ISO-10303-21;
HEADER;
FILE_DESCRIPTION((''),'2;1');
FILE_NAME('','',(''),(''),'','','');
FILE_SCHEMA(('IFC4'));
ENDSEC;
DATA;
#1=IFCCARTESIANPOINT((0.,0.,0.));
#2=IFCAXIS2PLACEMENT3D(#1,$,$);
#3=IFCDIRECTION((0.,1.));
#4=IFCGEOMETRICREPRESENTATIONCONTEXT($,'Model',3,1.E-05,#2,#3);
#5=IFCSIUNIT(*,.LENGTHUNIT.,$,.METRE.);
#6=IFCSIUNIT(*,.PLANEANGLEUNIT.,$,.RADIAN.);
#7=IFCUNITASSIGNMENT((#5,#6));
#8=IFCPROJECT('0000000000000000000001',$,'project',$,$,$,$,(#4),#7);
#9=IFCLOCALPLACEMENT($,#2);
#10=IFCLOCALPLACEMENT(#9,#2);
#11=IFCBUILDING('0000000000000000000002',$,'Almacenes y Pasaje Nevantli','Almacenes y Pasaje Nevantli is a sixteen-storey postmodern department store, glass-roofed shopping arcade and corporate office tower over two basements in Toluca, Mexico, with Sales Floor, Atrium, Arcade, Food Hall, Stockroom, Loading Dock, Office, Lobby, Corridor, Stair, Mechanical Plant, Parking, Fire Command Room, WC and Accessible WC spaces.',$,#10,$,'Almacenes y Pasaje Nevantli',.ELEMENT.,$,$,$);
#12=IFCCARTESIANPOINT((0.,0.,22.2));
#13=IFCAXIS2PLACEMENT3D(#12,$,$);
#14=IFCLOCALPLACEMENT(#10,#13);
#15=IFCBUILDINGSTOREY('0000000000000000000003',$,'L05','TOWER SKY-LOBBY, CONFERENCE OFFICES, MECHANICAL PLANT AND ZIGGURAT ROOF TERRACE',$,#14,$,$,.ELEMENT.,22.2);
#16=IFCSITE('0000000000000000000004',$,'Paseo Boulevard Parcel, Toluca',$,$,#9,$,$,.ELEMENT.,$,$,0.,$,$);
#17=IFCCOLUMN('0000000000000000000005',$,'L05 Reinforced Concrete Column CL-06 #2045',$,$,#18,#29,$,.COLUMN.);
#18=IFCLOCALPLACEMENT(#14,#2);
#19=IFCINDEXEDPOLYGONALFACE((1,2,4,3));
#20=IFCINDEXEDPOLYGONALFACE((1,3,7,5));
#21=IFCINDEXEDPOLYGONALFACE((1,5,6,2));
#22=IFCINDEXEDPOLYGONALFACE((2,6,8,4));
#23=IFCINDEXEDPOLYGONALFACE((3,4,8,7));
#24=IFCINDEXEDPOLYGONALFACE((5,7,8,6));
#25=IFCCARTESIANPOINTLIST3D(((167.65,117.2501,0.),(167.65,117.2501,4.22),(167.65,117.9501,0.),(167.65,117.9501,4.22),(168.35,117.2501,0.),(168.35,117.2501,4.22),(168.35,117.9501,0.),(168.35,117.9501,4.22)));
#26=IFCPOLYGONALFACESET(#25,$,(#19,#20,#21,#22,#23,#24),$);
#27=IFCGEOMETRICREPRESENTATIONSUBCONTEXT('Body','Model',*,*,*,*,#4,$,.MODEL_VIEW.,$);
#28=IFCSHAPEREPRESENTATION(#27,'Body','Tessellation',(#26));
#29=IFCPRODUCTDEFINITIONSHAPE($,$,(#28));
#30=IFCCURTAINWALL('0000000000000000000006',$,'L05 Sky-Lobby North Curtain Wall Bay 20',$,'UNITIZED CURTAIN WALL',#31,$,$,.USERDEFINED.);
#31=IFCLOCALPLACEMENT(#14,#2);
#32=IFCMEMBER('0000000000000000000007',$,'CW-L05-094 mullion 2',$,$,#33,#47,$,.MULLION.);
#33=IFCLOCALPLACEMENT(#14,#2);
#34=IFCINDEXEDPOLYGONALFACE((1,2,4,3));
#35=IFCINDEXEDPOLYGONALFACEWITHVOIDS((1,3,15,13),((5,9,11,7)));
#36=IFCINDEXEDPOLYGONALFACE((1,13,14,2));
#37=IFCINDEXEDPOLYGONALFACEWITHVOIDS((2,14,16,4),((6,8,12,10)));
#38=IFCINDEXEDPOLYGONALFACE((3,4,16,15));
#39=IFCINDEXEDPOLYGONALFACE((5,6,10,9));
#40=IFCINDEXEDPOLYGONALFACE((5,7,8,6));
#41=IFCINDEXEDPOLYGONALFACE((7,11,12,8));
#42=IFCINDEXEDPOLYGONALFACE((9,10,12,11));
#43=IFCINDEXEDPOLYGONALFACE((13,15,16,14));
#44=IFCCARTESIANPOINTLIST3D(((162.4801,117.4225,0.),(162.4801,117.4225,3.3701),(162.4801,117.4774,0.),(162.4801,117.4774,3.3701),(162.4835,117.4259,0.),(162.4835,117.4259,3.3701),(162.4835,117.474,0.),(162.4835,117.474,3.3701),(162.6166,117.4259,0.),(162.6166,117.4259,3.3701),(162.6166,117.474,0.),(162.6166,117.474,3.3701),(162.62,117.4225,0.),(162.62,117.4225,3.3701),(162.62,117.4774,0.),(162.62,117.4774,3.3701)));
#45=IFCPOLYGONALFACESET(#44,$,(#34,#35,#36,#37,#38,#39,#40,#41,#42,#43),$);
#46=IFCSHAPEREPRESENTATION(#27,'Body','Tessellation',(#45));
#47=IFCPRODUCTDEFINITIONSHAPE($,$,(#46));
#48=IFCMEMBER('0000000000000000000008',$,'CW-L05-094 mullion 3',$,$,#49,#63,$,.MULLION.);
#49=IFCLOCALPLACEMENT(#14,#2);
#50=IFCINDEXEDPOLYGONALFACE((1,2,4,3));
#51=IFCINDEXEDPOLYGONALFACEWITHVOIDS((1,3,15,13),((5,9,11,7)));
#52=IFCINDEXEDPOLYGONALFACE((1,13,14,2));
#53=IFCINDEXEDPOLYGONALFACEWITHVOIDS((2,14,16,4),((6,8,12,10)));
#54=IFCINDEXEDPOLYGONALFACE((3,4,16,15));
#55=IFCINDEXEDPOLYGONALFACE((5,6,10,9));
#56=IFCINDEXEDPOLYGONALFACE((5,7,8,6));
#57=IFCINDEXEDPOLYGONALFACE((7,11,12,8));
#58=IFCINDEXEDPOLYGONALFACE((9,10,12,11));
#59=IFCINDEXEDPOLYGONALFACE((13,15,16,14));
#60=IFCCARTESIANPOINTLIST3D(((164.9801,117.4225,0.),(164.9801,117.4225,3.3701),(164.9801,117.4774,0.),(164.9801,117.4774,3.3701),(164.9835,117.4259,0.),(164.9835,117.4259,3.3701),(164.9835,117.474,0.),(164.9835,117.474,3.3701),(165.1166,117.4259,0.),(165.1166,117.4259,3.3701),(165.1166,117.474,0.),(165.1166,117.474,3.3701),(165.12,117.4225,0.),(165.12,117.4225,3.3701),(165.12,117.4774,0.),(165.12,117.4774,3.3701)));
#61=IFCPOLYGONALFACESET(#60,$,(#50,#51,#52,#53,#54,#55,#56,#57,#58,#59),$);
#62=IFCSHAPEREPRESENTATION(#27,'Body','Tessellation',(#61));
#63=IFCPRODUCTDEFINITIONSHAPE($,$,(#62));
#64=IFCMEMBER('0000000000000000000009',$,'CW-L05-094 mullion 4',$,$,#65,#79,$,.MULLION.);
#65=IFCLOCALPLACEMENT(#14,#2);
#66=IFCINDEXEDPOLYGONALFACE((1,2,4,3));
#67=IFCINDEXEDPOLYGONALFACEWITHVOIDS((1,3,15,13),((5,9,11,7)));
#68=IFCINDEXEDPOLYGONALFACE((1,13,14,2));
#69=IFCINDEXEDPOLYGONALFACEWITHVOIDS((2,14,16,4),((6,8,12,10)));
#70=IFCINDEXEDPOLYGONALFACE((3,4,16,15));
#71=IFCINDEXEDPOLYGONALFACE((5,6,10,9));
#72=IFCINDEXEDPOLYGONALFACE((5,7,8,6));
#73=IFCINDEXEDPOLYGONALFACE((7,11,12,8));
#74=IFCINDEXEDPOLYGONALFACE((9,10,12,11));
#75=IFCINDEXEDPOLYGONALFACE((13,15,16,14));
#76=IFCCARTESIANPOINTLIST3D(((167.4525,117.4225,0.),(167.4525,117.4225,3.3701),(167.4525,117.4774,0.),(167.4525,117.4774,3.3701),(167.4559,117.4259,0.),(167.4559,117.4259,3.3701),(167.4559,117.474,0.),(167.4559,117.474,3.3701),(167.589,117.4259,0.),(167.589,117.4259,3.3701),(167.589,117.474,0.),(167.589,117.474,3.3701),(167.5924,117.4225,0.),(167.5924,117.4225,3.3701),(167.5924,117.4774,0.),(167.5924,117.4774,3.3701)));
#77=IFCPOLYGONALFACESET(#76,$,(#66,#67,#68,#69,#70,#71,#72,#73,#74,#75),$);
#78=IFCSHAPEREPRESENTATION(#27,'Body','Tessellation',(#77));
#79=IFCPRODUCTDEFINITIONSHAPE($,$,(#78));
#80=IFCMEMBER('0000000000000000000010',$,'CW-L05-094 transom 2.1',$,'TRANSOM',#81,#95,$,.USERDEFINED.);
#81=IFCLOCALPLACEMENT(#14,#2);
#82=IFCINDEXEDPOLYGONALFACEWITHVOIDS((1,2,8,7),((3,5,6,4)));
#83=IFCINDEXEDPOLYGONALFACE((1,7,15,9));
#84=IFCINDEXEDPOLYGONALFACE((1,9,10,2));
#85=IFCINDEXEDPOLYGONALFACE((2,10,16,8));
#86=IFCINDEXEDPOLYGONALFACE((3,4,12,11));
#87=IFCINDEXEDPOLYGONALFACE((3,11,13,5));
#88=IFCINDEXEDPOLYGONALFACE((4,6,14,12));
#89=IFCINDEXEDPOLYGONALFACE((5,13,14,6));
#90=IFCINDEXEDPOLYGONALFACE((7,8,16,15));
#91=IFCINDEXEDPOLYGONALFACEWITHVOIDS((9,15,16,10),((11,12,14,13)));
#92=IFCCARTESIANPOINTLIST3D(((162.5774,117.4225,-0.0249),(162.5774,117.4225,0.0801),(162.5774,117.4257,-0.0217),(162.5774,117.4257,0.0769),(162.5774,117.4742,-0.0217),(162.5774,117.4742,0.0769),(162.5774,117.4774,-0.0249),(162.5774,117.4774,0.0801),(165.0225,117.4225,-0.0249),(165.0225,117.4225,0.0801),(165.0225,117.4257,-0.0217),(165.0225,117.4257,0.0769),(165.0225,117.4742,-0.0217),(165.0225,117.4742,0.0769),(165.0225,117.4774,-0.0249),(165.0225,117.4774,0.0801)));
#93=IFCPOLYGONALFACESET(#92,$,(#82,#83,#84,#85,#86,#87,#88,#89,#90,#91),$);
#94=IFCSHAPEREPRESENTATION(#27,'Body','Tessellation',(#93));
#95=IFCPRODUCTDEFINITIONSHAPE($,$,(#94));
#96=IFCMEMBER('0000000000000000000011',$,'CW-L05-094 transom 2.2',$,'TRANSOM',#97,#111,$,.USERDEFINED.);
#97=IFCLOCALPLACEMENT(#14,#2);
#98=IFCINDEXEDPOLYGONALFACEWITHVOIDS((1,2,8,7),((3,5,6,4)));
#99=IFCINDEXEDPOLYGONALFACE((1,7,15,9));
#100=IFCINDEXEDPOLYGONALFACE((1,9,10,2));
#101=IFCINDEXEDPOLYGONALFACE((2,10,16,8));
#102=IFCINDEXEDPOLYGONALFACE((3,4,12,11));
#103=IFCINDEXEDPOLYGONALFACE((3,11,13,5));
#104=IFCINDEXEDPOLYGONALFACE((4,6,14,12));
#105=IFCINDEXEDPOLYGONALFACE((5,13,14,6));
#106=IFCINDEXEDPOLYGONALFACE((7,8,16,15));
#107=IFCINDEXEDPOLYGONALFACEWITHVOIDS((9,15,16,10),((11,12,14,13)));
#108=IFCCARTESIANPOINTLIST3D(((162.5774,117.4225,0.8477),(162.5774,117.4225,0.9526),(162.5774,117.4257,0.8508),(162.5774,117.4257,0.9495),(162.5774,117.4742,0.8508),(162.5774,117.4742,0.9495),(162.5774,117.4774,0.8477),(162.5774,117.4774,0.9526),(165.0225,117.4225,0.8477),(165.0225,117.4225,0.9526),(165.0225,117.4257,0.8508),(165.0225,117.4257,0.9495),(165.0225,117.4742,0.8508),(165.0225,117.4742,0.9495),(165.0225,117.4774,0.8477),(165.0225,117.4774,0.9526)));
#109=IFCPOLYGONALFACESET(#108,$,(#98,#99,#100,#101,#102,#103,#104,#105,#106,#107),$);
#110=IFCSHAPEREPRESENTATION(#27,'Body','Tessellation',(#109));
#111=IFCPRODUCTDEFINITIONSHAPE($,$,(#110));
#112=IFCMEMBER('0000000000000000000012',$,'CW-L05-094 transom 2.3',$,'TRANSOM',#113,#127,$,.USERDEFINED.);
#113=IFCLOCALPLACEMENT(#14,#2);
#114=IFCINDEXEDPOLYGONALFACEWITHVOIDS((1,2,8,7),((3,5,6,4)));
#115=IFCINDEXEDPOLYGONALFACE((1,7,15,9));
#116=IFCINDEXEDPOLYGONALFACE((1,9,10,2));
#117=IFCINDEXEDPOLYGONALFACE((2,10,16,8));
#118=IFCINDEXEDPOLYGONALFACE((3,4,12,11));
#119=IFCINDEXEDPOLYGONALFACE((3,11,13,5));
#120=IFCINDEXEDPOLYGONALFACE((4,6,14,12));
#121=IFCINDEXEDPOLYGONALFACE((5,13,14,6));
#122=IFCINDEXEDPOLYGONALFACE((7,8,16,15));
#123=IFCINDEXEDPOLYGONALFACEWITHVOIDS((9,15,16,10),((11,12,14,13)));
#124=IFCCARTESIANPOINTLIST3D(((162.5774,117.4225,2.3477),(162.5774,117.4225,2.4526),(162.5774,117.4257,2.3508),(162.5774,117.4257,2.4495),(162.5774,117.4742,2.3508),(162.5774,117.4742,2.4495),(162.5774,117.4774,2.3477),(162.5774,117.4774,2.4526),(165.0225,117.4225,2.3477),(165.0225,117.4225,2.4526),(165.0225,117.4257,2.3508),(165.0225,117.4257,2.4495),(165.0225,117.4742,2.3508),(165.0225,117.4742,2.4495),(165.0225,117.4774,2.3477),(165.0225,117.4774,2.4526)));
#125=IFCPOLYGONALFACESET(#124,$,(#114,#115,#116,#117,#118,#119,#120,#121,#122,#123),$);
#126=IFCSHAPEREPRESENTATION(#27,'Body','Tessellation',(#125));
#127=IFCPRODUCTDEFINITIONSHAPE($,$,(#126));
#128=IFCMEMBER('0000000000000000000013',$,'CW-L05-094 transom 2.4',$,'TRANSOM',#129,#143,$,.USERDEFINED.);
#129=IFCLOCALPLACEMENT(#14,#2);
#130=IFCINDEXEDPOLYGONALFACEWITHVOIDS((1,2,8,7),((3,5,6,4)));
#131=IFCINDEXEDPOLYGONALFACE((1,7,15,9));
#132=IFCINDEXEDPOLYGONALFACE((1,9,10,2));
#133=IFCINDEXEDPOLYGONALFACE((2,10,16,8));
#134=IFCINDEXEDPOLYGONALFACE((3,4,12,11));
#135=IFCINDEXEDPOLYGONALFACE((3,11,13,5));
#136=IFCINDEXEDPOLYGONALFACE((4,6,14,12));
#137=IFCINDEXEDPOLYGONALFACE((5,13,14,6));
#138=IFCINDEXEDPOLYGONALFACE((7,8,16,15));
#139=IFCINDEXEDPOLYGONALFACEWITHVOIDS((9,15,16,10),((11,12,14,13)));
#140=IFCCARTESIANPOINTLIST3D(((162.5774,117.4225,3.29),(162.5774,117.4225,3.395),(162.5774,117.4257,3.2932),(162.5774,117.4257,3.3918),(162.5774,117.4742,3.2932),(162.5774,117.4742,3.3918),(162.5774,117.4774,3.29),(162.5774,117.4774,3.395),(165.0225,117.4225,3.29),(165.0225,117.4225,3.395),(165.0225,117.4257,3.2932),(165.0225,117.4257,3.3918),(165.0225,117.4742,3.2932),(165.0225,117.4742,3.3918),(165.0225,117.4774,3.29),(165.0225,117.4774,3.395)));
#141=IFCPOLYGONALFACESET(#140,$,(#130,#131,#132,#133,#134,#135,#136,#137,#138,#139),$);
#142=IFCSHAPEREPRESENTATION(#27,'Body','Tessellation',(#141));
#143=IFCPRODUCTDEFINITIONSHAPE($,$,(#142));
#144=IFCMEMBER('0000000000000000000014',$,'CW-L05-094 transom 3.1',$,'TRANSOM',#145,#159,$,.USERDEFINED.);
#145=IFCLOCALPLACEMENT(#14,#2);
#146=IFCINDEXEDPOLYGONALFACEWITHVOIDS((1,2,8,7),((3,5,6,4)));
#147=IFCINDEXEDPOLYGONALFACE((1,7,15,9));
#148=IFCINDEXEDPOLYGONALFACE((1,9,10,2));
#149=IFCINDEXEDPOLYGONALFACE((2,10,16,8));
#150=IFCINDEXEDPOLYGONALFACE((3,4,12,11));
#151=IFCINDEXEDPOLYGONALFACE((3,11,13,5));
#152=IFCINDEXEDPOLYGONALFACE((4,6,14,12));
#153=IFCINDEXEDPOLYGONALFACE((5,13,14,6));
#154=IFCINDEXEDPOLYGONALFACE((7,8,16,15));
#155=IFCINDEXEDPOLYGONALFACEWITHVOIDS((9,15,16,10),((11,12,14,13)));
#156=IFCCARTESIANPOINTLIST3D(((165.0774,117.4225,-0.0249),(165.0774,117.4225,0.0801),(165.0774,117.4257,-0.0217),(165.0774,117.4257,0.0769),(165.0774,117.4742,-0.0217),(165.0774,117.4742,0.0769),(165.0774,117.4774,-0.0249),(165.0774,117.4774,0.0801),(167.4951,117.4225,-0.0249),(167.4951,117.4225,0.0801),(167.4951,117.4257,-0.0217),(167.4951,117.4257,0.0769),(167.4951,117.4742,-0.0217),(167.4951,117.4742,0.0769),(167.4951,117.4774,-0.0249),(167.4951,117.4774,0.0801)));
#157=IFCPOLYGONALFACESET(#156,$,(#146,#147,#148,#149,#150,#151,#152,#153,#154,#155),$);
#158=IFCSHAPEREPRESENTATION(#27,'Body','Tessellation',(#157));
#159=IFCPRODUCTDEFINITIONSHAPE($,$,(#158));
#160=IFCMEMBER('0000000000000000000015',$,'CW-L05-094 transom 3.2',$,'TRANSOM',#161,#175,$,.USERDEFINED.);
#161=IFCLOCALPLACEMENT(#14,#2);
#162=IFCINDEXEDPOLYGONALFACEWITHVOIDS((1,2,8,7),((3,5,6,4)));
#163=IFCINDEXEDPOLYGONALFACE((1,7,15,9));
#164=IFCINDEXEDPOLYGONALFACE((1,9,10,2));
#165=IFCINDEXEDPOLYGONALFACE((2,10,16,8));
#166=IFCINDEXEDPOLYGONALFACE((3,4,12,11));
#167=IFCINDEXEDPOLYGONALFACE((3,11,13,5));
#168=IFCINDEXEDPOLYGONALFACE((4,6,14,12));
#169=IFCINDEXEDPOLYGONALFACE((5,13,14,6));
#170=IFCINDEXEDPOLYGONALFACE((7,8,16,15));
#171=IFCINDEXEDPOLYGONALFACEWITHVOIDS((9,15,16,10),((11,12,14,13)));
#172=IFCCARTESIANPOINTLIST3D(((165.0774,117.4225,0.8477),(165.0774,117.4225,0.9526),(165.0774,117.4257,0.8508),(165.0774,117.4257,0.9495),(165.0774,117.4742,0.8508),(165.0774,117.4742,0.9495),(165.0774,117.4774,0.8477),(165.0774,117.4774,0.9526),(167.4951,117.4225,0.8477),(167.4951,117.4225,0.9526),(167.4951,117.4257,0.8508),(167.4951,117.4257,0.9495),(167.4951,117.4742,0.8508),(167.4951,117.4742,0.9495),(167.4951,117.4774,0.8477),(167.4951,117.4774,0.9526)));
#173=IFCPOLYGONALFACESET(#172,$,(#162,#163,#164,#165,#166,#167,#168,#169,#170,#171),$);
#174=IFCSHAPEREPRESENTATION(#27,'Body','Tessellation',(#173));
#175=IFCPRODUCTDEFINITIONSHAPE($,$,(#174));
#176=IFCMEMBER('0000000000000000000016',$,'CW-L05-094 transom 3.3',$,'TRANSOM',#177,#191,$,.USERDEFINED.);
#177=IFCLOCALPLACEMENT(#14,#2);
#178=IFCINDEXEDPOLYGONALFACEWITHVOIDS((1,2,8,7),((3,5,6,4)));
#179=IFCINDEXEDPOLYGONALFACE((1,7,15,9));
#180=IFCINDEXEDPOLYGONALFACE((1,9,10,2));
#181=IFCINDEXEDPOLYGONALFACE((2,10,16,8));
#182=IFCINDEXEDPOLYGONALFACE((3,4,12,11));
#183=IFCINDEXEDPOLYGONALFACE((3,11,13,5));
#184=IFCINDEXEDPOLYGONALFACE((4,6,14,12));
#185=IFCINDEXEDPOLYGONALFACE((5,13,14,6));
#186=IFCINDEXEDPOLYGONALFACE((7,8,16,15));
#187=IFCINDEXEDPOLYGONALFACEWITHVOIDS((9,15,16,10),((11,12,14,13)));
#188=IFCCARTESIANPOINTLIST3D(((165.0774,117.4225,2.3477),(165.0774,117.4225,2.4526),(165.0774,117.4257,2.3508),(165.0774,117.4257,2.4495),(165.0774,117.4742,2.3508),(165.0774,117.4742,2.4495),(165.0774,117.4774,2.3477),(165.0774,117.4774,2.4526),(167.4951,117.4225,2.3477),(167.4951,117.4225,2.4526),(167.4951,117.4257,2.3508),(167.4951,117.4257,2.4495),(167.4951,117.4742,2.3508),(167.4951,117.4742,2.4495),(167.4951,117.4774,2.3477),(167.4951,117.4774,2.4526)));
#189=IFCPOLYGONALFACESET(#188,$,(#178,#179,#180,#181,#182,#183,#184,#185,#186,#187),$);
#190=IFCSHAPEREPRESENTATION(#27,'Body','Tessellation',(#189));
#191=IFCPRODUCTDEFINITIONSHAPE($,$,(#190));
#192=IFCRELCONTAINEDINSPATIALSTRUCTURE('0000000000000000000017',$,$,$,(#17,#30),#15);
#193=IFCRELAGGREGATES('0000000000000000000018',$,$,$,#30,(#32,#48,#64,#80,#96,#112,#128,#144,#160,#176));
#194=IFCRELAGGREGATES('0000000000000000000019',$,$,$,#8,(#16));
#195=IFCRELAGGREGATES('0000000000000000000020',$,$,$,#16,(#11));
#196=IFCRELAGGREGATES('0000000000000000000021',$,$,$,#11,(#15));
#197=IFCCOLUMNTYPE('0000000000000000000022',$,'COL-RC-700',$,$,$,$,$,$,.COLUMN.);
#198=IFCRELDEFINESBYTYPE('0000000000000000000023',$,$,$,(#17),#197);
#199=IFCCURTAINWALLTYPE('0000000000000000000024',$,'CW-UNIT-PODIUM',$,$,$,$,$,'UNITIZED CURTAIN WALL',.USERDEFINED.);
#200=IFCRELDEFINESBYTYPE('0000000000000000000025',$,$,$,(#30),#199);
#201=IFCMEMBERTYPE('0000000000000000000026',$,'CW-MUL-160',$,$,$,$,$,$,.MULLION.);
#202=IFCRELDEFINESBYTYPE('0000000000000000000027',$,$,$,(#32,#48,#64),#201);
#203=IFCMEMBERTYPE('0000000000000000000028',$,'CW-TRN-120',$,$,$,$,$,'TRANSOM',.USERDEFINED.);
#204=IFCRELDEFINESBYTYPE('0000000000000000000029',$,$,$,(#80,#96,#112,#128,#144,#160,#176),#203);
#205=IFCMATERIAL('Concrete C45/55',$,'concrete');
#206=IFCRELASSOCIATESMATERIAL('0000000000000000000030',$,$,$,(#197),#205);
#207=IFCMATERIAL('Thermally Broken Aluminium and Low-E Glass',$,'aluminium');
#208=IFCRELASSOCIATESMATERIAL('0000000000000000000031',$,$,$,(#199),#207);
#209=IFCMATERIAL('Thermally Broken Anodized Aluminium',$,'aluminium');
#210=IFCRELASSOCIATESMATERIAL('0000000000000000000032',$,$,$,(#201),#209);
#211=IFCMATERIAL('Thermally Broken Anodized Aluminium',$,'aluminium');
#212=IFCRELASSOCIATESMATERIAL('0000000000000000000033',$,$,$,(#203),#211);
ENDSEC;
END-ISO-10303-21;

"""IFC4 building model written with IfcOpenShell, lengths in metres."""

from ifc_helpers import new_model, si_unit, direction, frame, origin, origin_2d, place, context, subcontext, project, spatial, rectangle, hollow_rectangle, extrude, material, material_profile, profile_set, type_object, element, aggregate, save


model = new_model("IFC4")

# Units and contexts
model_context = context("Model", 3, precision=1e-05, world=origin(), true_north=direction((0.0, 1.0)))
body_context = subcontext(model_context, "Body", "Model", "MODEL_VIEW")
ifc_project = project(units=[si_unit("LENGTHUNIT", "METRE"), si_unit("PLANEANGLEUNIT", "RADIAN")], contexts=[model_context])

# Site, building, storey
site_placement = place(None, origin())
site = spatial("IfcSite", under=ifc_project, at=site_placement, Name="Paseo Boulevard Parcel, Toluca", CompositionType="ELEMENT", RefElevation=0.0)
building_placement = place(site_placement, origin())
building = spatial("IfcBuilding", under=site, at=building_placement, Name="Almacenes y Pasaje Nevantli", Description="Almacenes y Pasaje Nevantli is a sixteen-storey postmodern department store, glass-roofed shopping arcade and corporate office tower over two basements in Toluca, Mexico, with Sales Floor, Atrium, Arcade, Food Hall, Stockroom, Loading Dock, Office, Lobby, Corridor, Stair, Mechanical Plant, Parking, Fire Command Room, WC and Accessible WC spaces.", LongName="Almacenes y Pasaje Nevantli", CompositionType="ELEMENT")
storey_placement = place(building_placement, frame((0.0, 0.0, 22.2)))
storey = spatial("IfcBuildingStorey", under=building, at=storey_placement, Name="L05", Description="TOWER SKY-LOBBY, CONFERENCE OFFICES, MECHANICAL PLANT AND ZIGGURAT ROOF TERRACE", CompositionType="ELEMENT", Elevation=22.2)

# Column
ifc_material_1 = material(Name="Concrete C45/55", Category="concrete")
ifc_material_profile_1 = material_profile(ifc_material_1, rectangle(XDim=0.7, YDim=0.7, at=origin_2d()), Name="RC-COL-700x700")
ifc_profile_set_1 = profile_set([ifc_material_profile_1], Name="Concrete C45/55")
column_type = type_object("IfcColumnType", Name="COL-RC-700", PredefinedType="COLUMN", material=ifc_profile_set_1)
column_placement = place(storey_placement, frame((168.0, 117.6001, 0.0), z_axis=(0.0, 0.0, 1.0), x_axis=(1.0, 0.0, 0.0)))
element("IfcColumn", 1, at=column_placement, inside=storey, type_object=column_type, Name="L05 Reinforced Concrete Column CL-06 #2045", PredefinedType="COLUMN", context=body_context, shape_type="SweptSolid", body=[
    extrude(rectangle(XDim=0.7, YDim=0.7, at=origin_2d()), origin(), (0.0, 0.0, 1.0), 4.22),
])

# Curtain wall, members
ifc_material_2 = material(Name="Thermally Broken Aluminium and Low-E Glass", Category="aluminium")
curtain_wall_type = type_object("IfcCurtainWallType", Name="CW-UNIT-PODIUM", ElementType="UNITIZED CURTAIN WALL", PredefinedType="USERDEFINED", material=ifc_material_2)
curtain_wall_placement = place(storey_placement, origin())
curtain_wall = element("IfcCurtainWall", 2, at=curtain_wall_placement, inside=storey, type_object=curtain_wall_type, Name="L05 Sky-Lobby North Curtain Wall Bay 20", ObjectType="UNITIZED CURTAIN WALL", PredefinedType="USERDEFINED")
ifc_material_3 = material(Name="Thermally Broken Anodized Aluminium", Category="aluminium")
ifc_material_profile_2 = material_profile(ifc_material_3, hollow_rectangle(XDim=0.0549, YDim=0.1399, WallThickness=0.0034, at=origin_2d()), Name="ALU-MUL-55x140")
ifc_profile_set_2 = profile_set([ifc_material_profile_2], Name="Thermally Broken Anodized Aluminium")
member_type_1 = type_object("IfcMemberType", Name="CW-MUL-160", PredefinedType="MULLION", material=ifc_profile_set_2)
member_1_placement = place(storey_placement, frame((162.55, 117.45, 0.0), z_axis=(0.0, 0.0, 1.0), x_axis=(0.0, 1.0, 0.0)))
member_1 = element("IfcMember", 3, at=member_1_placement, type_object=member_type_1, Name="CW-L05-094 mullion 2", PredefinedType="MULLION", context=body_context, shape_type="SweptSolid", body=[
    extrude(hollow_rectangle(XDim=0.0549, YDim=0.1399, WallThickness=0.0034, at=origin_2d()), origin(), (0.0, 0.0, 1.0), 3.3701),
])
member_2_placement = place(storey_placement, frame((165.05, 117.45, 0.0), z_axis=(0.0, 0.0, 1.0), x_axis=(0.0, 1.0, 0.0)))
member_2 = element("IfcMember", 4, at=member_2_placement, type_object=member_type_1, Name="CW-L05-094 mullion 3", PredefinedType="MULLION", context=body_context, shape_type="SweptSolid", body=[
    extrude(hollow_rectangle(XDim=0.0549, YDim=0.1399, WallThickness=0.0034, at=origin_2d()), origin(), (0.0, 0.0, 1.0), 3.3701),
])
member_3_placement = place(storey_placement, frame((167.5225, 117.45, 0.0), z_axis=(0.0, 0.0, 1.0), x_axis=(0.0, 1.0, 0.0)))
member_3 = element("IfcMember", 5, at=member_3_placement, type_object=member_type_1, Name="CW-L05-094 mullion 4", PredefinedType="MULLION", context=body_context, shape_type="SweptSolid", body=[
    extrude(hollow_rectangle(XDim=0.0549, YDim=0.1399, WallThickness=0.0034, at=origin_2d()), origin(), (0.0, 0.0, 1.0), 3.3701),
])
ifc_material_4 = material(Name="Thermally Broken Anodized Aluminium", Category="aluminium")
ifc_material_profile_3 = material_profile(ifc_material_4, hollow_rectangle(XDim=0.0549, YDim=0.105, WallThickness=0.0032, at=origin_2d()), Name="ALU-TRN-55x105")
ifc_profile_set_3 = profile_set([ifc_material_profile_3], Name="Thermally Broken Anodized Aluminium")
member_type_2 = type_object("IfcMemberType", Name="CW-TRN-120", ElementType="TRANSOM", PredefinedType="USERDEFINED", material=ifc_profile_set_3)
member_4_placement = place(storey_placement, frame((162.5774, 117.45, 0.0276), z_axis=(1.0, 0.0, 0.0), x_axis=(0.0, 1.0, 0.0)))
member_4 = element("IfcMember", 6, at=member_4_placement, type_object=member_type_2, Name="CW-L05-094 transom 2.1", ObjectType="TRANSOM", PredefinedType="USERDEFINED", context=body_context, shape_type="SweptSolid", body=[
    extrude(hollow_rectangle(XDim=0.0549, YDim=0.105, WallThickness=0.0032, at=origin_2d()), origin(), (0.0, 0.0, 1.0), 2.4451),
])
member_5_placement = place(storey_placement, frame((162.5774, 117.45, 0.9001), z_axis=(1.0, 0.0, 0.0), x_axis=(0.0, 1.0, 0.0)))
member_5 = element("IfcMember", 7, at=member_5_placement, type_object=member_type_2, Name="CW-L05-094 transom 2.2", ObjectType="TRANSOM", PredefinedType="USERDEFINED", context=body_context, shape_type="SweptSolid", body=[
    extrude(hollow_rectangle(XDim=0.0549, YDim=0.105, WallThickness=0.0032, at=origin_2d()), origin(), (0.0, 0.0, 1.0), 2.4451),
])
member_6_placement = place(storey_placement, frame((162.5774, 117.45, 2.4001), z_axis=(1.0, 0.0, 0.0), x_axis=(0.0, 1.0, 0.0)))
member_6 = element("IfcMember", 8, at=member_6_placement, type_object=member_type_2, Name="CW-L05-094 transom 2.3", ObjectType="TRANSOM", PredefinedType="USERDEFINED", context=body_context, shape_type="SweptSolid", body=[
    extrude(hollow_rectangle(XDim=0.0549, YDim=0.105, WallThickness=0.0032, at=origin_2d()), origin(), (0.0, 0.0, 1.0), 2.4451),
])
member_7_placement = place(storey_placement, frame((162.5774, 117.45, 3.3425), z_axis=(1.0, 0.0, 0.0), x_axis=(0.0, 1.0, 0.0)))
member_7 = element("IfcMember", 9, at=member_7_placement, type_object=member_type_2, Name="CW-L05-094 transom 2.4", ObjectType="TRANSOM", PredefinedType="USERDEFINED", context=body_context, shape_type="SweptSolid", body=[
    extrude(hollow_rectangle(XDim=0.0549, YDim=0.105, WallThickness=0.0032, at=origin_2d()), origin(), (0.0, 0.0, 1.0), 2.4451),
])
member_8_placement = place(storey_placement, frame((165.0774, 117.45, 0.0276), z_axis=(1.0, 0.0, 0.0), x_axis=(0.0, 1.0, 0.0)))
member_8 = element("IfcMember", 10, at=member_8_placement, type_object=member_type_2, Name="CW-L05-094 transom 3.1", ObjectType="TRANSOM", PredefinedType="USERDEFINED", context=body_context, shape_type="SweptSolid", body=[
    extrude(hollow_rectangle(XDim=0.0549, YDim=0.105, WallThickness=0.0032, at=origin_2d()), origin(), (0.0, 0.0, 1.0), 2.4177),
])
member_9_placement = place(storey_placement, frame((165.0774, 117.45, 0.9001), z_axis=(1.0, 0.0, 0.0), x_axis=(0.0, 1.0, 0.0)))
member_9 = element("IfcMember", 11, at=member_9_placement, type_object=member_type_2, Name="CW-L05-094 transom 3.2", ObjectType="TRANSOM", PredefinedType="USERDEFINED", context=body_context, shape_type="SweptSolid", body=[
    extrude(hollow_rectangle(XDim=0.0549, YDim=0.105, WallThickness=0.0032, at=origin_2d()), origin(), (0.0, 0.0, 1.0), 2.4177),
])
member_10_placement = place(storey_placement, frame((165.0774, 117.45, 2.4001), z_axis=(1.0, 0.0, 0.0), x_axis=(0.0, 1.0, 0.0)))
member_10 = element("IfcMember", 12, at=member_10_placement, type_object=member_type_2, Name="CW-L05-094 transom 3.3", ObjectType="TRANSOM", PredefinedType="USERDEFINED", context=body_context, shape_type="SweptSolid", body=[
    extrude(hollow_rectangle(XDim=0.0549, YDim=0.105, WallThickness=0.0032, at=origin_2d()), origin(), (0.0, 0.0, 1.0), 2.4177),
])
aggregate(curtain_wall, [member_1, member_2, member_3, member_4, member_5, member_6, member_7, member_8, member_9, member_10])

save(model, "model.ifc")
